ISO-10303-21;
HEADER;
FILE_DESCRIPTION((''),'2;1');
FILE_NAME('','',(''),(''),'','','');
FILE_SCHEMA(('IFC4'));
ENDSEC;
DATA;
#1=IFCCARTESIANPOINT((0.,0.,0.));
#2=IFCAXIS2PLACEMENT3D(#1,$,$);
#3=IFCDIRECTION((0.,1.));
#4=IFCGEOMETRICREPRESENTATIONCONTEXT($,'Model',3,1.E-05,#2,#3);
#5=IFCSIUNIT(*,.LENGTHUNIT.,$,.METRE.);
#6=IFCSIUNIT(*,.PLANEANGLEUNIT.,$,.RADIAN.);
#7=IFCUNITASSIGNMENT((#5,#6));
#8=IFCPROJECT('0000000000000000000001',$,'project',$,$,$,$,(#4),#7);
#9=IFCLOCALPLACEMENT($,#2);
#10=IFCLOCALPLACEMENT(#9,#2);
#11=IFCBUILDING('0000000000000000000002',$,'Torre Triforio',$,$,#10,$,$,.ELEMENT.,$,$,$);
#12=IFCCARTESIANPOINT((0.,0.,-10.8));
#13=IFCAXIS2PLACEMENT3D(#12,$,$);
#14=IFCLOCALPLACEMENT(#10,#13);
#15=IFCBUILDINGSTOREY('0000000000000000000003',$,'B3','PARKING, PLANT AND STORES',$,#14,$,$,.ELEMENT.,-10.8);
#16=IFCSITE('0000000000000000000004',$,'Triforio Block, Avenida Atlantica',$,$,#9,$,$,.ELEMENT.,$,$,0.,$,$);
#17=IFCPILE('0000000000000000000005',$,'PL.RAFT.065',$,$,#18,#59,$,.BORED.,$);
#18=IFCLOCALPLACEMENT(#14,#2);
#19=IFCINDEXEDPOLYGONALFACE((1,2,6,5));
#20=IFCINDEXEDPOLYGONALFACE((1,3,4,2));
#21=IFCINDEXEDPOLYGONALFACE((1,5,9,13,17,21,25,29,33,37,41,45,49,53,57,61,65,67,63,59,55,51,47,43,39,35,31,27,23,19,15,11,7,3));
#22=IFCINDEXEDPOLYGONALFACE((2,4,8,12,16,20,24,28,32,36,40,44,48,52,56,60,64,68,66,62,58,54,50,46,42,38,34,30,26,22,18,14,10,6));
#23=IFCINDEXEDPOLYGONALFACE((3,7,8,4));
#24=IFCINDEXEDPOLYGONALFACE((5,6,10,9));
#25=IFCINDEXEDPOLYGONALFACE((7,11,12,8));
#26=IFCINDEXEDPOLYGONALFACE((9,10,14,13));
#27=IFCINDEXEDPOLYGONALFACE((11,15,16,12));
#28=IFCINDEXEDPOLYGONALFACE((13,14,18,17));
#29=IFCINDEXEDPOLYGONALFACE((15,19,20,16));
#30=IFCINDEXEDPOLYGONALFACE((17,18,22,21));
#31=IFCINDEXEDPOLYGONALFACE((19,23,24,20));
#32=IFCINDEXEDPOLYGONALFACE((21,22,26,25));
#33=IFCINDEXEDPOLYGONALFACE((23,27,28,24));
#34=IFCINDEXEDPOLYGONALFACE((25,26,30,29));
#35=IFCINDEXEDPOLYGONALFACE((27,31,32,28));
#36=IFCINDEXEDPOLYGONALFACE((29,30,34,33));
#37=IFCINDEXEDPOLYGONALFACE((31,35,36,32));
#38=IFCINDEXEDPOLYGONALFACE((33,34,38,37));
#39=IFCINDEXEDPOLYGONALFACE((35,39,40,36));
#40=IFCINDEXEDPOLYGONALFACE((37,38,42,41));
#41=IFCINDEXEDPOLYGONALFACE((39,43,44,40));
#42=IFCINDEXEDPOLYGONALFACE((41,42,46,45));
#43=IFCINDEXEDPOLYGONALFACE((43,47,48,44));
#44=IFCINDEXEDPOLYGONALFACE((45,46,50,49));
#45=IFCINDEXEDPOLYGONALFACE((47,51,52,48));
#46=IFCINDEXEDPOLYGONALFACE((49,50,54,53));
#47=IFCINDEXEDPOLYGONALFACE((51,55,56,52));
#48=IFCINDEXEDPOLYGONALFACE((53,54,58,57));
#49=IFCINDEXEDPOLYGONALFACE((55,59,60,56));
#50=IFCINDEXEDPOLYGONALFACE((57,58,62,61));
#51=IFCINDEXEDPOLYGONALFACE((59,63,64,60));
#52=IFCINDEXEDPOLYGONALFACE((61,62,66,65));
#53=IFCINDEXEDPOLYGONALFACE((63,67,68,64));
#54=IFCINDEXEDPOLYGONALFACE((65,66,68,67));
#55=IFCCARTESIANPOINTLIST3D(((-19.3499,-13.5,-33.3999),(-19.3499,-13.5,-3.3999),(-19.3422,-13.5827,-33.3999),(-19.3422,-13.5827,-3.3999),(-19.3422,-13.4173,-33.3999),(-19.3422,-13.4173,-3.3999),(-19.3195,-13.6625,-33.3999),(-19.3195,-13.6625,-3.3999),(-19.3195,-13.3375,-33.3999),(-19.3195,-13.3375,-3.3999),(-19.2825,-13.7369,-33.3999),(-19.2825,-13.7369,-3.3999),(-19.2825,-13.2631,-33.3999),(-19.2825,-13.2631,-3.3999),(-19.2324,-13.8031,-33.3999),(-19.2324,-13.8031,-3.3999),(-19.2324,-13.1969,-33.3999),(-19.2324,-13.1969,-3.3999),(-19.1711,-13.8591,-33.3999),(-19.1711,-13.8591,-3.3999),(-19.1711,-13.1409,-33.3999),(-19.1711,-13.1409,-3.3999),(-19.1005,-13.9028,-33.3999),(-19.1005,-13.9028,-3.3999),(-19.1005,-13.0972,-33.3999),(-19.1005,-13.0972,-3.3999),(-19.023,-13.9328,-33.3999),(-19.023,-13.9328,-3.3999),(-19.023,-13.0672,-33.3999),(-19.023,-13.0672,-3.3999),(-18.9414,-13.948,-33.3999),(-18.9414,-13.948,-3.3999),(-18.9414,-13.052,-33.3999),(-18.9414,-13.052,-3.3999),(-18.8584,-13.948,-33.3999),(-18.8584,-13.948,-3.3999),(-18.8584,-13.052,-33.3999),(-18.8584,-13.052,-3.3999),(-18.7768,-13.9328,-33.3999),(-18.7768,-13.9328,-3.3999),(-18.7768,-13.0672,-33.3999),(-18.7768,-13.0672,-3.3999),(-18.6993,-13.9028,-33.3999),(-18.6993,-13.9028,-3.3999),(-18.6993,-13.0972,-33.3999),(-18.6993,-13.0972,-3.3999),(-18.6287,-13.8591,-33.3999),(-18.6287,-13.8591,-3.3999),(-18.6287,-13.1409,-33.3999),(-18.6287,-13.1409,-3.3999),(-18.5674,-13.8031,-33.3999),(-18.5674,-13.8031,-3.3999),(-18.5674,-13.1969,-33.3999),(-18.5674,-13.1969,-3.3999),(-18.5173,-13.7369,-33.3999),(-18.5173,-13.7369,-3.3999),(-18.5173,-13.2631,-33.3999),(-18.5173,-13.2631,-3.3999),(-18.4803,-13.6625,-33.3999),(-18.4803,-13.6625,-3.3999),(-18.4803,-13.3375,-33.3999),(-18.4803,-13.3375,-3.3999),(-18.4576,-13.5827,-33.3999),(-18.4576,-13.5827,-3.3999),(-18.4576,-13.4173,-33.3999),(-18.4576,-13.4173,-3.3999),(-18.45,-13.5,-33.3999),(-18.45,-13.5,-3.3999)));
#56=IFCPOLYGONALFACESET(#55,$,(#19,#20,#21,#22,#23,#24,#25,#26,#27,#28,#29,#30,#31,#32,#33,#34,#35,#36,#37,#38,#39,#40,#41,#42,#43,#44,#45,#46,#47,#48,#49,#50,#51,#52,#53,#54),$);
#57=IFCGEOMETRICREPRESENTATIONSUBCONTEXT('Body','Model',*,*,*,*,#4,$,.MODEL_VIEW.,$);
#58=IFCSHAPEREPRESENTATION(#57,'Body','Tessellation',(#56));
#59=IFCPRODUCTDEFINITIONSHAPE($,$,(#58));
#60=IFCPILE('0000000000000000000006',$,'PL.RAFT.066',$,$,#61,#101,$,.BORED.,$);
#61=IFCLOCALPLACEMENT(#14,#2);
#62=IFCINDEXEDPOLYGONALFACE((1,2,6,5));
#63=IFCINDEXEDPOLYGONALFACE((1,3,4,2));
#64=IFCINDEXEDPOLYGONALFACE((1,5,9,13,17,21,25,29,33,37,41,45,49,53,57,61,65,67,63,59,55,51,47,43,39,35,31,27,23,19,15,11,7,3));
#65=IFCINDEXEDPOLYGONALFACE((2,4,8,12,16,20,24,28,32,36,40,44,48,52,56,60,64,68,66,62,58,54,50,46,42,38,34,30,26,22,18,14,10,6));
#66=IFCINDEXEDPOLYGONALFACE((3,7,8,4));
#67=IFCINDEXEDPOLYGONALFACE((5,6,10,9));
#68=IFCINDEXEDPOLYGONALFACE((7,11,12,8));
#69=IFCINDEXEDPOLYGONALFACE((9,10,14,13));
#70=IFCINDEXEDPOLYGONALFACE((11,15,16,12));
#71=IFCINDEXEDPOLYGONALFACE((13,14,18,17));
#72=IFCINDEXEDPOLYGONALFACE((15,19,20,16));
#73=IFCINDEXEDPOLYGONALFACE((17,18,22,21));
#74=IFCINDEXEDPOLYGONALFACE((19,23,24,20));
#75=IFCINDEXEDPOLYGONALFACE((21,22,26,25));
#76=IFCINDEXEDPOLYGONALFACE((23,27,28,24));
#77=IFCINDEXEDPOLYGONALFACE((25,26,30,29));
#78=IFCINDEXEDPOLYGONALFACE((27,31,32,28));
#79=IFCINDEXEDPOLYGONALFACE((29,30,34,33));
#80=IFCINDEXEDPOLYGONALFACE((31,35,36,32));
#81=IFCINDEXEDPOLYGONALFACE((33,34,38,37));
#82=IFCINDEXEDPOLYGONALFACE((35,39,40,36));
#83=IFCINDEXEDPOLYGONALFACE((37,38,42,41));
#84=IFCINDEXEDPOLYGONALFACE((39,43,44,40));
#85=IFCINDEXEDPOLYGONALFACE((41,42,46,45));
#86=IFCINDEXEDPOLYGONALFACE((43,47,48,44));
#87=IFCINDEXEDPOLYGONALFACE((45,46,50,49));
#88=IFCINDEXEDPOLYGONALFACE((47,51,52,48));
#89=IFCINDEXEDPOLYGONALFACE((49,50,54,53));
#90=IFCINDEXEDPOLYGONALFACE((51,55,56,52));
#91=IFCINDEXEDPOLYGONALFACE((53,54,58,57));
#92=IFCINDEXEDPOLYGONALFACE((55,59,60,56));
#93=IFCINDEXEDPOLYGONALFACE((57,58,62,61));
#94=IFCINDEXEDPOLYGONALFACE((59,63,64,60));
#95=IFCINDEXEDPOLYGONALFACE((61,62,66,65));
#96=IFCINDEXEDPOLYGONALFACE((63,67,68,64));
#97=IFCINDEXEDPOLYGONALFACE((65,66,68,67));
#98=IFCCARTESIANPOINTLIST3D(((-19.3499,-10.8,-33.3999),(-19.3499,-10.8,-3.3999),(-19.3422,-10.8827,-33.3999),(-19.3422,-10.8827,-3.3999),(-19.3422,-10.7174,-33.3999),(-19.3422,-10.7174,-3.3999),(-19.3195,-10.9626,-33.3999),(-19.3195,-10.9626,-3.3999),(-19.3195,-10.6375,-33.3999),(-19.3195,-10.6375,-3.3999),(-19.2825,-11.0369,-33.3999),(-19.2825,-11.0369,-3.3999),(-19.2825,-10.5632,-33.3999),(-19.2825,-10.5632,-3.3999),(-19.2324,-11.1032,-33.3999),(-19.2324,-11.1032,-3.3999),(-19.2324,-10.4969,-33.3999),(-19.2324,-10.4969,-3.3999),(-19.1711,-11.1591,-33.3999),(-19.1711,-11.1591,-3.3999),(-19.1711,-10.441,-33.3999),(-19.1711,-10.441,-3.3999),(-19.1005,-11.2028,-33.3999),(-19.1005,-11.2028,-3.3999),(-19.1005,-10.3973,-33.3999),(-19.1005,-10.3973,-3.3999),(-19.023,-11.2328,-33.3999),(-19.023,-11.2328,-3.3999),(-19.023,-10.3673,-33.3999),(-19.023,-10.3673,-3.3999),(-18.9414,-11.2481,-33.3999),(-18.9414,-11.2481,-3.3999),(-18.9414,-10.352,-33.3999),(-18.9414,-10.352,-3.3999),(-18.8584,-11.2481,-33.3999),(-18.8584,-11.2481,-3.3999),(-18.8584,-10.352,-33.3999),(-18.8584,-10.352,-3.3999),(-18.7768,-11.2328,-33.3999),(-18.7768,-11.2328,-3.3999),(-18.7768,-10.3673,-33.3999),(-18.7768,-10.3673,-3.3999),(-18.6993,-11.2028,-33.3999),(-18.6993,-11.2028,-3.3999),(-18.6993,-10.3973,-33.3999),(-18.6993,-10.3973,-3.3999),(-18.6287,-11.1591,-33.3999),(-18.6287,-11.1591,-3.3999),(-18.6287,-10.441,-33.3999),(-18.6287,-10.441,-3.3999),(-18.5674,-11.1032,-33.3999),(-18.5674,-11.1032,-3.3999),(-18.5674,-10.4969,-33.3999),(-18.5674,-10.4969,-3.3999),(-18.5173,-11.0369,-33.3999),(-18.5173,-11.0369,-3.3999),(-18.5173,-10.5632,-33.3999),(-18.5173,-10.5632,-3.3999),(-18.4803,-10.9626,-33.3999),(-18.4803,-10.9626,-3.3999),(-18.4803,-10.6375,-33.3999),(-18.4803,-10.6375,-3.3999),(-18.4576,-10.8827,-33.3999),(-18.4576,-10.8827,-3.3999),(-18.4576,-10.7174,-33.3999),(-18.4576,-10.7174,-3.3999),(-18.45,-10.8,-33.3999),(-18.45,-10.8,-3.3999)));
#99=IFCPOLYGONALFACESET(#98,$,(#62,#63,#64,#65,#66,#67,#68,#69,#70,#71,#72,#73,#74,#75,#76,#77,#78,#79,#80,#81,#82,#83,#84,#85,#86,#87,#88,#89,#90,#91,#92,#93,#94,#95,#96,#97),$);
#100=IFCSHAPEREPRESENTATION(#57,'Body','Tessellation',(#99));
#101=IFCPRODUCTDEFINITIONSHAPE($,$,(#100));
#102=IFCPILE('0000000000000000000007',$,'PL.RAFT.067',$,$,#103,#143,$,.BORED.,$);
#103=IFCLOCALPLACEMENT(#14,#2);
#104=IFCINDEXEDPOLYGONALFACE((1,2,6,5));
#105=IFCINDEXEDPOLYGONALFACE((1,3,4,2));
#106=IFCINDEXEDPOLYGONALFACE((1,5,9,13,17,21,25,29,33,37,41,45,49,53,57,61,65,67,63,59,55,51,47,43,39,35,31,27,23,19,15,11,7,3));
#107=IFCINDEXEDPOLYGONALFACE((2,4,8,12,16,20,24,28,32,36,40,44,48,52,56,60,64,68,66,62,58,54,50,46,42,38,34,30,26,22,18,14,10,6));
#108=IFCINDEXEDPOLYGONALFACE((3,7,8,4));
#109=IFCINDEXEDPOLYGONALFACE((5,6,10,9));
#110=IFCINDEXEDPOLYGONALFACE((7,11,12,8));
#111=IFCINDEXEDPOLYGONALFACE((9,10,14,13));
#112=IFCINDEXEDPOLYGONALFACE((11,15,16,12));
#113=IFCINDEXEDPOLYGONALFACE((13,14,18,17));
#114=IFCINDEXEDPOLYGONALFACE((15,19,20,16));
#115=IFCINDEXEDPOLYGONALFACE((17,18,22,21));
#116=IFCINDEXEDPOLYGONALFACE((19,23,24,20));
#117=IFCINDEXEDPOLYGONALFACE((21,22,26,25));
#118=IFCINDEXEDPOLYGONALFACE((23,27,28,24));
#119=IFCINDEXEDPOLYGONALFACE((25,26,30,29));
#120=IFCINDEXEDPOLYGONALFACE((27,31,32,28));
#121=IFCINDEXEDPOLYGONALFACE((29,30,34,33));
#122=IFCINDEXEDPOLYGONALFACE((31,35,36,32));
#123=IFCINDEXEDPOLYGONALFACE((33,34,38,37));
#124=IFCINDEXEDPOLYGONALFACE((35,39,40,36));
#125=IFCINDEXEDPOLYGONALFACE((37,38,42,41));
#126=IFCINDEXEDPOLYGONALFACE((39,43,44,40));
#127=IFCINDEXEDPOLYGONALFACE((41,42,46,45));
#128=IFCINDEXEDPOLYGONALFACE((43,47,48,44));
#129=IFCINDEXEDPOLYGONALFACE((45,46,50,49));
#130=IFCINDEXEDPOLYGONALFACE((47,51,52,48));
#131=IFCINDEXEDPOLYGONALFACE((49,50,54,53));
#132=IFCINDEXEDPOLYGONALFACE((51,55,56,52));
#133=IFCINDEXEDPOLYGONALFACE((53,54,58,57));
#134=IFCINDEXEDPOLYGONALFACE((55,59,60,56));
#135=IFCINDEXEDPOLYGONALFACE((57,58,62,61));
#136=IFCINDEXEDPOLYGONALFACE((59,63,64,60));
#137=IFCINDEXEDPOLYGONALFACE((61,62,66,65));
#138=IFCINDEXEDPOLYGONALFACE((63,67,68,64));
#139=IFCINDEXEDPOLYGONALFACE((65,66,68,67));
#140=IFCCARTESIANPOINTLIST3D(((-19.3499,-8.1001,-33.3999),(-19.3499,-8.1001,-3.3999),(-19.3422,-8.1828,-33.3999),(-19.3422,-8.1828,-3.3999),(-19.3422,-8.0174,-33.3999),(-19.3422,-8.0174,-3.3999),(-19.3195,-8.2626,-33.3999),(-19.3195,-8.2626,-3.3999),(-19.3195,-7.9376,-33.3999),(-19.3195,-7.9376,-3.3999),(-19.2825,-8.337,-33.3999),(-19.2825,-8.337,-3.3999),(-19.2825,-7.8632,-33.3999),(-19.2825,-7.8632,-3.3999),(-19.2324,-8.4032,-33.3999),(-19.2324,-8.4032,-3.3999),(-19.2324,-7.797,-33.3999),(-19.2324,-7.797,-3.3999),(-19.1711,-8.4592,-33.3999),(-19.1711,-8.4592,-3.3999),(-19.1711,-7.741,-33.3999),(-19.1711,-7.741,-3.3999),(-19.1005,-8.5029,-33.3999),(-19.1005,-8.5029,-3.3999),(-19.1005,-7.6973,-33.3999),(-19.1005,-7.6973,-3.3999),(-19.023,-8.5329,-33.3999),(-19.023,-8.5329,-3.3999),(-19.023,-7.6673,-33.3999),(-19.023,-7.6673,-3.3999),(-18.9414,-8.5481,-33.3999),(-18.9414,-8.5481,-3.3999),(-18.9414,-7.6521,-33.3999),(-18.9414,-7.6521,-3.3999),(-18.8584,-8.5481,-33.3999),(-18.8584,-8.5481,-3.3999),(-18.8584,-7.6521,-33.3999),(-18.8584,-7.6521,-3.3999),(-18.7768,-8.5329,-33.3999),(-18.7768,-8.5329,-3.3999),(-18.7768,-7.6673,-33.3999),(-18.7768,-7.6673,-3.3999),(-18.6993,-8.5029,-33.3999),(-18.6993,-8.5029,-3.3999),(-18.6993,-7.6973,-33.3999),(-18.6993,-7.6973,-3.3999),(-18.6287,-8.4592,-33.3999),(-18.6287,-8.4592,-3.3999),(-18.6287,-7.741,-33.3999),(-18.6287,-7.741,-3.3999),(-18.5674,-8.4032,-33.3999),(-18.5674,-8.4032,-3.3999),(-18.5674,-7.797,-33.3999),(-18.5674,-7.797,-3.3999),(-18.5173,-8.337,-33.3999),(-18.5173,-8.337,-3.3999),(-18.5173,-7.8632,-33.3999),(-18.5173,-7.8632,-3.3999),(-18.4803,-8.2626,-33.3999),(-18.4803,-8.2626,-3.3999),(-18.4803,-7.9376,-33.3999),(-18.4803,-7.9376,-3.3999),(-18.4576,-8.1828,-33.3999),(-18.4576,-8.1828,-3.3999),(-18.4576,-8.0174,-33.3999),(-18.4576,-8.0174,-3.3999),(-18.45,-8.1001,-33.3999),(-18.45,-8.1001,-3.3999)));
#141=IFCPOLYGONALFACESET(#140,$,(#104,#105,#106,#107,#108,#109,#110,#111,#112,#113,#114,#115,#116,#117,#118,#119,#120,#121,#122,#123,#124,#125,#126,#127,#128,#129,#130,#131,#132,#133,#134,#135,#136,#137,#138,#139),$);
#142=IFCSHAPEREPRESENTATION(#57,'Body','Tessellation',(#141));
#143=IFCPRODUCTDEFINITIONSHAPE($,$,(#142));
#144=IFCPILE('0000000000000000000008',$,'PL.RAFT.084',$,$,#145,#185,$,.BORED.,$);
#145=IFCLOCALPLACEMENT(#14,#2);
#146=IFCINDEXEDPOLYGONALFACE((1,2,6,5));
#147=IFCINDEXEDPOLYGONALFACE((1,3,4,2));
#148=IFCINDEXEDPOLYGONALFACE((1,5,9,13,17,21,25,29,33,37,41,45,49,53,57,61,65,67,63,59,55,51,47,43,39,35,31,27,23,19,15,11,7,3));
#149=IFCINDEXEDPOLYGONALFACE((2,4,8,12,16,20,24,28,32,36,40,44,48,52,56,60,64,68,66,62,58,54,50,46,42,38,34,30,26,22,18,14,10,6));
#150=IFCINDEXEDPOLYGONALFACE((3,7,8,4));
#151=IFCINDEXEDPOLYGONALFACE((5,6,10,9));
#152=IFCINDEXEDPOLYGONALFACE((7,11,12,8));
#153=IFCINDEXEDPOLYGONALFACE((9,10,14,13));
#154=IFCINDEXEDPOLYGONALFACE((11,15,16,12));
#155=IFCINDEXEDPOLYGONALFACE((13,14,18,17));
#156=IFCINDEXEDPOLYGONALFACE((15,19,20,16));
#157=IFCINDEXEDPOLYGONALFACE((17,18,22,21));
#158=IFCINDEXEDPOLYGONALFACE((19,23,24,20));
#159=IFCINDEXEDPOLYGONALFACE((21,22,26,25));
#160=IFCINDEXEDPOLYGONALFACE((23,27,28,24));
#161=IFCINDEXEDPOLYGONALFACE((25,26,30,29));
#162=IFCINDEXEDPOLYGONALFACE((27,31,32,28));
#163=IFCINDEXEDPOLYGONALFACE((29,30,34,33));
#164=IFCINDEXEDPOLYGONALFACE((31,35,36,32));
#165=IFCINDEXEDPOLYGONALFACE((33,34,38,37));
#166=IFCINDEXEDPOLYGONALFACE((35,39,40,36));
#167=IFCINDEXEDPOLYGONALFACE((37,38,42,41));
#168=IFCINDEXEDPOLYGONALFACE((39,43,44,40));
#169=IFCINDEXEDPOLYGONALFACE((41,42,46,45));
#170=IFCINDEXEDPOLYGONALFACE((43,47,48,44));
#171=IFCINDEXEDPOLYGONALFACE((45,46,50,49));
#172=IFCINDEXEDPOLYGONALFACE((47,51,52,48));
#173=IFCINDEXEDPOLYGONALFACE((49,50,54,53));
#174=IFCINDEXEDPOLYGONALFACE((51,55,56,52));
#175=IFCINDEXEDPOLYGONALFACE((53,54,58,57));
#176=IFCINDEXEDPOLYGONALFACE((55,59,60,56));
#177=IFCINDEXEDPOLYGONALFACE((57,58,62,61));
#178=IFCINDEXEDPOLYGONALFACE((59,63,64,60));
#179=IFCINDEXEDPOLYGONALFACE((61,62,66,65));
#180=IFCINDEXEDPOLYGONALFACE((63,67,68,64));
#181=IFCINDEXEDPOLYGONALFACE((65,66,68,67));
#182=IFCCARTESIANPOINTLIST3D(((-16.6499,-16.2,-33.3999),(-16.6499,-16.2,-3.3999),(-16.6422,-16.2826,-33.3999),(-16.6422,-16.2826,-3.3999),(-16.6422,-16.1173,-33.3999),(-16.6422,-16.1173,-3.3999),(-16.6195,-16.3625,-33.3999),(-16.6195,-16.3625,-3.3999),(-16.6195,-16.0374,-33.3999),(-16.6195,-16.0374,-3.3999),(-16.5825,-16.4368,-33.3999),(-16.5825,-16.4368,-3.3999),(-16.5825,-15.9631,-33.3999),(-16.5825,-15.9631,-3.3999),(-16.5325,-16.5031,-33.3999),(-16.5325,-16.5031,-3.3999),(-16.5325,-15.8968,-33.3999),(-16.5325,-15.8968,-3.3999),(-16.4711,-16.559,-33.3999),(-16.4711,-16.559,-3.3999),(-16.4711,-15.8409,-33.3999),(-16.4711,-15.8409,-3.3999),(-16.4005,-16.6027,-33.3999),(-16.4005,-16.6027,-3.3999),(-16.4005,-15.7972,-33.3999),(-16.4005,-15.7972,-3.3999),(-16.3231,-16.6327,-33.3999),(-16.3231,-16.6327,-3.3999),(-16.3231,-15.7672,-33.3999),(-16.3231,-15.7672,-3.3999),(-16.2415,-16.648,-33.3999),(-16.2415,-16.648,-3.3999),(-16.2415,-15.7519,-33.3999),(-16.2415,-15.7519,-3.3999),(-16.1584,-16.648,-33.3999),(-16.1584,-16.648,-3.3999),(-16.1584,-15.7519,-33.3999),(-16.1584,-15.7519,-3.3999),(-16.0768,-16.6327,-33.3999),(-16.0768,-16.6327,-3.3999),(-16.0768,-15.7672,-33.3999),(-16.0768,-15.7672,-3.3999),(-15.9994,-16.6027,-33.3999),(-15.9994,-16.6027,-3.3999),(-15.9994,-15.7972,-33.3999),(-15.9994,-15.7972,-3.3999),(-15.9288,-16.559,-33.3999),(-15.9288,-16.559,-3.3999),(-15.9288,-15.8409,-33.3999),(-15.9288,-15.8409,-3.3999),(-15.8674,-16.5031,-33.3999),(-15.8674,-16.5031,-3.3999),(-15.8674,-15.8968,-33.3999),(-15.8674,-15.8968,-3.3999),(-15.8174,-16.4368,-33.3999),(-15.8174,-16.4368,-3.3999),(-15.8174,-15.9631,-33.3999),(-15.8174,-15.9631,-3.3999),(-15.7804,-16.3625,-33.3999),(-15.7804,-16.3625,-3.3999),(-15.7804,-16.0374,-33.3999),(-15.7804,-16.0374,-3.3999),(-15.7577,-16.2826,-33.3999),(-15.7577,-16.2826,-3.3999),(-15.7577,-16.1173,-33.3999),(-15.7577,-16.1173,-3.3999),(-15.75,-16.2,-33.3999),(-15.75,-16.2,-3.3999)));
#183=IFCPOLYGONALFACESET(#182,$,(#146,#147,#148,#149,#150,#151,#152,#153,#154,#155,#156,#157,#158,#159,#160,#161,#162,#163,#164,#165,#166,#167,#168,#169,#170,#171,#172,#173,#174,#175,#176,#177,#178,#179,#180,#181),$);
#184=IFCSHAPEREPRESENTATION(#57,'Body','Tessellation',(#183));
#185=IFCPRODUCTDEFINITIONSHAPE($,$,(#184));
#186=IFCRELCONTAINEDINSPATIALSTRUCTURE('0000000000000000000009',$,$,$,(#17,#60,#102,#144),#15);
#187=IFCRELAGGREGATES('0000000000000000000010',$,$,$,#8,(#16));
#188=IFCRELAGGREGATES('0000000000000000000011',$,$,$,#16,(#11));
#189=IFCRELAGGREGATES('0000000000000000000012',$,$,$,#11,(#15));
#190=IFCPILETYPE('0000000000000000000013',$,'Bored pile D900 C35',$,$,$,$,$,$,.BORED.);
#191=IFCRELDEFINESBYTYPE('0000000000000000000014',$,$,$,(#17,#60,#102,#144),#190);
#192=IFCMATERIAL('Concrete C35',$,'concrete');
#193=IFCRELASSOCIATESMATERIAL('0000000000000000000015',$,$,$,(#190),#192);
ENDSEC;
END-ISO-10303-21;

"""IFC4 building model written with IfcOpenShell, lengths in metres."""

from ifc_helpers import new_model, si_unit, direction, frame, origin, origin_2d, place, context, subcontext, project, spatial, circle, extrude, material, material_profile, profile_set, type_object, element, save


model = new_model("IFC4")

# Units and contexts
model_context = context("Model", 3, precision=1e-05, world=origin(), true_north=direction((0.0, 1.0)))
body_context = subcontext(model_context, "Body", "Model", "MODEL_VIEW")
ifc_project = project(units=[si_unit("LENGTHUNIT", "METRE"), si_unit("PLANEANGLEUNIT", "RADIAN")], contexts=[model_context])

# Site, building, storey
site_placement = place(None, origin())
site = spatial("IfcSite", under=ifc_project, at=site_placement, Name="Triforio Block, Avenida Atlantica", CompositionType="ELEMENT", RefElevation=0.0)
building_placement = place(site_placement, origin())
building = spatial("IfcBuilding", under=site, at=building_placement, Name="Torre Triforio", CompositionType="ELEMENT")
storey_placement = place(building_placement, frame((0.0, 0.0, -10.8)))
storey = spatial("IfcBuildingStorey", under=building, at=storey_placement, Name="B3", Description="PARKING, PLANT AND STORES", CompositionType="ELEMENT", Elevation=-10.8)

# Piles
ifc_material_1 = material(Name="Concrete C35", Category="concrete")
ifc_material_profile_1 = material_profile(ifc_material_1, circle(Radius=0.45, at=origin_2d()), Name="RC D900")
ifc_profile_set_1 = profile_set([ifc_material_profile_1], Name="Concrete C35")
pile_type = type_object("IfcPileType", Name="Bored pile D900 C35", PredefinedType="BORED", material=ifc_profile_set_1)
for number, where, z_axis, x_axis, name in (
    (1, (-18.8999, -13.5, -3.3999), (0.0, 0.0, -1.0), (1.0, 0.0, 0.0), "PL.RAFT.065"),
    (2, (-18.8999, -10.8, -3.3999), (0.0, 0.0, -1.0), (1.0, 0.0, 0.0), "PL.RAFT.066"),
    (3, (-18.8999, -8.1001, -3.3999), (0.0, 0.0, -1.0), (1.0, 0.0, 0.0), "PL.RAFT.067"),
    (4, (-16.2, -16.2, -3.3999), (0.0, 0.0, -1.0), (1.0, 0.0, 0.0), "PL.RAFT.084"),
):
    element("IfcPile", number, at=place(storey_placement, frame(where, z_axis=z_axis, x_axis=x_axis)), inside=storey, type_object=pile_type, Name=name, PredefinedType="BORED", context=body_context, shape_type="SweptSolid", body=[
        extrude(circle(Radius=0.45, at=origin_2d()), origin(), (0.0, 0.0, 1.0), 30.0),
    ])

save(model, "model.ifc")
